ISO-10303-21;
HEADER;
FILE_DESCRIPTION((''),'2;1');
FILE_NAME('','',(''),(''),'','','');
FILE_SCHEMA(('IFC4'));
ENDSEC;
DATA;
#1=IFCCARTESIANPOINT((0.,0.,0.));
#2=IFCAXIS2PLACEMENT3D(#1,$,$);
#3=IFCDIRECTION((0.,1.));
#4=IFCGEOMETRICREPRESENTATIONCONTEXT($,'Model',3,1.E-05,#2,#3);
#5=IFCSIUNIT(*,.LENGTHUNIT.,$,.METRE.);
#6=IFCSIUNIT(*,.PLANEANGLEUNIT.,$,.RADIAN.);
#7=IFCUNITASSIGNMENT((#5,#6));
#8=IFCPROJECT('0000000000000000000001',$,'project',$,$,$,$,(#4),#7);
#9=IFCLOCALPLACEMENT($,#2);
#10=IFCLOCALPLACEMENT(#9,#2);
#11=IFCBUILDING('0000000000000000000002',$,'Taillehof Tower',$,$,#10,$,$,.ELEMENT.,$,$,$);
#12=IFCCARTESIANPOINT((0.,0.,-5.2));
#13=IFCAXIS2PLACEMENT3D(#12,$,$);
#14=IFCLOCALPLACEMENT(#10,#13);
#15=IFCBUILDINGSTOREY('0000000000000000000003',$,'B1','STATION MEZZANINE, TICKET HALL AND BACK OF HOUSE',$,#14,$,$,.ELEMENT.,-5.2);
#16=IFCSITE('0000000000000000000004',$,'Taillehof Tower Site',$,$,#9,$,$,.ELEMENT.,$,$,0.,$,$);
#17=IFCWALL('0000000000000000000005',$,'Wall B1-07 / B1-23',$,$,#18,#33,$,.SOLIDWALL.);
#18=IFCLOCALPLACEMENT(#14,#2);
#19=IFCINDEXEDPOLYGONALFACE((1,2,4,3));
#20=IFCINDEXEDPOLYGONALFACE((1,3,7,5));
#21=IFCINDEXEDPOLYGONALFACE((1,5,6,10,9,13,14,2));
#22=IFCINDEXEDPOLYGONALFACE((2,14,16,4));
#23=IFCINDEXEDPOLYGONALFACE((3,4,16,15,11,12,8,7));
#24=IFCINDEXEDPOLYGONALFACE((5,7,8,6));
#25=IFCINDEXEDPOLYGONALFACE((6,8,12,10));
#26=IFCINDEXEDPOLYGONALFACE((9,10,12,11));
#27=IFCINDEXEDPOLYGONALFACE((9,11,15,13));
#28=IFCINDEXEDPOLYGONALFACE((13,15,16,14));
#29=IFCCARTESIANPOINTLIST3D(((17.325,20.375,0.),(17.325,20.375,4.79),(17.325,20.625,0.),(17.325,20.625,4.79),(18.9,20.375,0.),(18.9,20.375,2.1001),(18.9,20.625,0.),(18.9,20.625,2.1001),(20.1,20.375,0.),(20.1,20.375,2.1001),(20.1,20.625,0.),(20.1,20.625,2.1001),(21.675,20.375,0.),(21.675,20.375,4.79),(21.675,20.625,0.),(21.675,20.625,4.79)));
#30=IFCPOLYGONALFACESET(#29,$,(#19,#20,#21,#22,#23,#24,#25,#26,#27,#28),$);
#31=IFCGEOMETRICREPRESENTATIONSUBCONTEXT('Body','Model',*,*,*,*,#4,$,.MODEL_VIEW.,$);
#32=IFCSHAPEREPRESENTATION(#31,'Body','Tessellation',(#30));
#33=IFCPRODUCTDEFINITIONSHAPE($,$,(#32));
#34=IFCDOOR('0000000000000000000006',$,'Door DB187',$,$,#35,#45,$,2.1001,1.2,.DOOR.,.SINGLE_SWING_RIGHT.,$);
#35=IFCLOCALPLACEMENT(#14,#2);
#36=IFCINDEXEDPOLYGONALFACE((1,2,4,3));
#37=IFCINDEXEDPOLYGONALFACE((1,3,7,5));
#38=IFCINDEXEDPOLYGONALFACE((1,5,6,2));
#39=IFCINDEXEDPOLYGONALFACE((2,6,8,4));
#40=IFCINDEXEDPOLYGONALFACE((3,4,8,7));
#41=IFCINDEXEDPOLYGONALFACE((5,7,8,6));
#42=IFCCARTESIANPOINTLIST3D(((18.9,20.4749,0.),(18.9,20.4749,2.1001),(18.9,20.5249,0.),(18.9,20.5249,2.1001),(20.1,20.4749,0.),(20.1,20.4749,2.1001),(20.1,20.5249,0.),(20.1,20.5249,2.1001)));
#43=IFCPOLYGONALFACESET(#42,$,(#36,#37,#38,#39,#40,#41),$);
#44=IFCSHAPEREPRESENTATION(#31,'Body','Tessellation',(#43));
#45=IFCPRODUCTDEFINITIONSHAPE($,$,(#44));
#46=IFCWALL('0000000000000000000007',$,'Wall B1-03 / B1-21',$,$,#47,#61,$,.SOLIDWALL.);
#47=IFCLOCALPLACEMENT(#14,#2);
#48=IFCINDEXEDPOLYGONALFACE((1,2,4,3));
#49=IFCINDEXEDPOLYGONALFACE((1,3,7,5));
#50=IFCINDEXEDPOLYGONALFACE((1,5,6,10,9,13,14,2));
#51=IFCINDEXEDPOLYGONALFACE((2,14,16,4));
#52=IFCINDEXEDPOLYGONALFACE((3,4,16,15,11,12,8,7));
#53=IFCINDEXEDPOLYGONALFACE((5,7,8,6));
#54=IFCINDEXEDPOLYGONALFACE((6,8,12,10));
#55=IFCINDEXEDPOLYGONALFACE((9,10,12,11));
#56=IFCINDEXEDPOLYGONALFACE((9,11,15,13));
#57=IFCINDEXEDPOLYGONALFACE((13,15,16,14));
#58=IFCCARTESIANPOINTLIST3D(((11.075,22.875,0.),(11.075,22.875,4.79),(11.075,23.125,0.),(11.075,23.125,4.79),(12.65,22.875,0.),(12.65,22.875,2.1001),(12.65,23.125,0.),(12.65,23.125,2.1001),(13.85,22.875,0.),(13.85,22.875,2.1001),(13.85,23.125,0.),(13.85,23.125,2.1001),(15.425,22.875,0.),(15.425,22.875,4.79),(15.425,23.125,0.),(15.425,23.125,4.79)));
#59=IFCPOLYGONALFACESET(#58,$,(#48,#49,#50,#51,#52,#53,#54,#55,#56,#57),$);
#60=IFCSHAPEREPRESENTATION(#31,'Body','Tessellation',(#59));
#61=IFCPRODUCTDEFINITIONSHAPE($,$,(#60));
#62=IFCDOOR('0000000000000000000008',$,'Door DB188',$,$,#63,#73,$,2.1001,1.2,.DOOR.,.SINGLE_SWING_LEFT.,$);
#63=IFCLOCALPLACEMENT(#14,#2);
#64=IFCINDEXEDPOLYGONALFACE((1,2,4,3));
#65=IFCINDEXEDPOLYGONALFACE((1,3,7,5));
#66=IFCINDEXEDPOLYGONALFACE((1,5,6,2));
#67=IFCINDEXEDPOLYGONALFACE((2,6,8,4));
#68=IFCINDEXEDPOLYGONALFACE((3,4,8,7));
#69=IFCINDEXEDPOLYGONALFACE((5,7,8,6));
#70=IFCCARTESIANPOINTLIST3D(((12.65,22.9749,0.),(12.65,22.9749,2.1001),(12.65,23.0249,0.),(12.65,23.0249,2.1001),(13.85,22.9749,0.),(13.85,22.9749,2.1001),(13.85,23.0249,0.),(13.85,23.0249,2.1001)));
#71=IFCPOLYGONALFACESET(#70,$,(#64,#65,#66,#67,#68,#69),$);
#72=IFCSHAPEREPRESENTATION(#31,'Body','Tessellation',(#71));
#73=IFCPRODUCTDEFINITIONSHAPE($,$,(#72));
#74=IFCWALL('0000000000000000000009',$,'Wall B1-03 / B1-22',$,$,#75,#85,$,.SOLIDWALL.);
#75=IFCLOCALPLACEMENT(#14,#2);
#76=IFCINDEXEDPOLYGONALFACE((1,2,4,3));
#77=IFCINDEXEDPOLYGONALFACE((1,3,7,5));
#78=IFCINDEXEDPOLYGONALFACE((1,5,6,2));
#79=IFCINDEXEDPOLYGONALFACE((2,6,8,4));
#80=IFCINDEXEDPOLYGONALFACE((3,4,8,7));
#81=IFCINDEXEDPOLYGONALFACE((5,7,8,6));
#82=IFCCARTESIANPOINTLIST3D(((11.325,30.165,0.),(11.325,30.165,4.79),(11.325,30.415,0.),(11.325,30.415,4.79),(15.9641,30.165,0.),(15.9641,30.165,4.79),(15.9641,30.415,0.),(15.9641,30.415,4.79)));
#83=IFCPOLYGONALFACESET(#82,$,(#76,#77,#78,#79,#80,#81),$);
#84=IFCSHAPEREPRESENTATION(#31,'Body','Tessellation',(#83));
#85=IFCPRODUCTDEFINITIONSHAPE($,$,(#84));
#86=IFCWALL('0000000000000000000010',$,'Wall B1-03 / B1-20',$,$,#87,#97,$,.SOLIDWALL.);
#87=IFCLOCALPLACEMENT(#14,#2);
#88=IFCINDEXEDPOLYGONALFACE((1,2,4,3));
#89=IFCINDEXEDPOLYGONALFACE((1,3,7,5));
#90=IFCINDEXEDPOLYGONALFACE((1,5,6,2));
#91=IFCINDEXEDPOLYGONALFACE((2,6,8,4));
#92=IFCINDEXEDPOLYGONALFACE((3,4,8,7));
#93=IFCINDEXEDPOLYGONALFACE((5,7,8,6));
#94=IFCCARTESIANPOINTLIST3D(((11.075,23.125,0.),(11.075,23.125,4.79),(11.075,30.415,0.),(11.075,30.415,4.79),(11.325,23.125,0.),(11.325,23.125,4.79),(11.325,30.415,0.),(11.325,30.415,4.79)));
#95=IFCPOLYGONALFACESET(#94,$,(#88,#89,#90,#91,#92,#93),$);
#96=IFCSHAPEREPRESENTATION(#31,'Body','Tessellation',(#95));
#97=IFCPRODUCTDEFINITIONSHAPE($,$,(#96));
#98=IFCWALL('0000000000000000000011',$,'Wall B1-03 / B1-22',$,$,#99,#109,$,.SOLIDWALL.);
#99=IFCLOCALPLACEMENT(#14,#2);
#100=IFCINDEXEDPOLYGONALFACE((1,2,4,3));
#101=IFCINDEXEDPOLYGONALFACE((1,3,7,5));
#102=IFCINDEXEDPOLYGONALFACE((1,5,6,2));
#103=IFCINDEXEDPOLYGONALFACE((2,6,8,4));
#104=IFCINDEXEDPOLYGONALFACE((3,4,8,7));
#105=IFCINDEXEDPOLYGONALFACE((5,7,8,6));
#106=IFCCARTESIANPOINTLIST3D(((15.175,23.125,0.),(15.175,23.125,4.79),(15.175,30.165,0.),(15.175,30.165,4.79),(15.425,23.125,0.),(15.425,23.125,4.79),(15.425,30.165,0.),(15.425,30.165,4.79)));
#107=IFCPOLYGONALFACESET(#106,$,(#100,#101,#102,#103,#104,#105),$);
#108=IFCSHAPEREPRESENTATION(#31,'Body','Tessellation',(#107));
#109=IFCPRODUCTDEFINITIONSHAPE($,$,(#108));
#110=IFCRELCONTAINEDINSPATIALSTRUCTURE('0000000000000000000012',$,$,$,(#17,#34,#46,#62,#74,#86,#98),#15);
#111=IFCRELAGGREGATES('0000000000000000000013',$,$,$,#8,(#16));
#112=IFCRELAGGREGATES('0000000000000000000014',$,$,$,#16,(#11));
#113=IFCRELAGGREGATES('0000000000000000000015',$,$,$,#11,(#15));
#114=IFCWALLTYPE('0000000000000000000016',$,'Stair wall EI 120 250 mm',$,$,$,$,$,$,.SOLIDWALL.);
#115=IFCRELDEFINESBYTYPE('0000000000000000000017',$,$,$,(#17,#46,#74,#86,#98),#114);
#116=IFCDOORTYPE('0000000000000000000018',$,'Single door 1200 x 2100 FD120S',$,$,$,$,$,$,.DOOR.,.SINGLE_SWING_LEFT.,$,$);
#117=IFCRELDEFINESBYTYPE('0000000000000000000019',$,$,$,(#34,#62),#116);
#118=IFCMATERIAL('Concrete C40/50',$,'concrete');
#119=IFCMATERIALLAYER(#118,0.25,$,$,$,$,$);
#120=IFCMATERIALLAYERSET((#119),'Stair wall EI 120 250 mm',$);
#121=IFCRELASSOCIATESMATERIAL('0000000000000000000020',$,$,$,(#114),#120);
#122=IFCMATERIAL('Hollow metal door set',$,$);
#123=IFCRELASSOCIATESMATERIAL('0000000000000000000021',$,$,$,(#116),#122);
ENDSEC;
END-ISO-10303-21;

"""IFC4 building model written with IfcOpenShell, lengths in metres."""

from ifc_helpers import new_model, si_unit, direction, frame, frame_2d, origin, place, context, subcontext, project, spatial, rectangle, extrude, material, layer, layer_set, type_object, element, fill, save


model = new_model("IFC4")

# Units and contexts
model_context = context("Model", 3, precision=1e-05, world=origin(), true_north=direction((0.0, 1.0)))
body_context = subcontext(model_context, "Body", "Model", "MODEL_VIEW")
ifc_project = project(units=[si_unit("LENGTHUNIT", "METRE"), si_unit("PLANEANGLEUNIT", "RADIAN")], contexts=[model_context])

# Site, building, storey
site_placement = place(None, origin())
site = spatial("IfcSite", under=ifc_project, at=site_placement, Name="Taillehof Tower Site", CompositionType="ELEMENT", RefElevation=0.0)
building_placement = place(site_placement, origin())
building = spatial("IfcBuilding", under=site, at=building_placement, Name="Taillehof Tower", CompositionType="ELEMENT")
storey_placement = place(building_placement, frame((0.0, 0.0, -5.2)))
storey = spatial("IfcBuildingStorey", under=building, at=storey_placement, Name="B1", Description="STATION MEZZANINE, TICKET HALL AND BACK OF HOUSE", CompositionType="ELEMENT", Elevation=-5.2)

# Walls, openings, doors
ifc_material_1 = material(Name="Concrete C40/50", Category="concrete")
ifc_layer_1 = layer(ifc_material_1, 0.25)
ifc_layer_set_1 = layer_set([ifc_layer_1], Name="Stair wall EI 120 250 mm")
wall_type_1 = type_object("IfcWallType", Name="Stair wall EI 120 250 mm", PredefinedType="SOLIDWALL", material=ifc_layer_set_1)
wall_1_placement = place(storey_placement, frame((17.325, 20.5, 0.0), z_axis=(0.0, 0.0, 1.0), x_axis=(1.0, 0.0, 0.0)))
wall_1 = element("IfcWall", 1, at=wall_1_placement, inside=storey, type_object=wall_type_1, Name="Wall B1-07 / B1-23", PredefinedType="SOLIDWALL", context=body_context, shape_type="SweptSolid", body=[
    extrude(rectangle(XDim=4.3501, YDim=0.25, at=frame_2d((2.175, 0.0))), origin(), (0.0, 0.0, 1.0), 4.79),
])
opening_1_placement = place(wall_1_placement, frame((1.575, 0.0, 0.0)))
opening_1 = element("IfcOpeningElement", 2, at=opening_1_placement, cuts=wall_1, PredefinedType="OPENING", context=body_context, shape_type="SweptSolid", body=[
    extrude(rectangle(XDim=1.2, YDim=2.1001, at=frame_2d((0.6001, 1.05))), frame((0.0, 0.135, 0.0), z_axis=(0.0, -1.0, 0.0), x_axis=(1.0, 0.0, 0.0)), (0.0, 0.0, 1.0), 0.27),
])
ifc_material_2 = material(Name="Hollow metal door set")
door_type = type_object("IfcDoorType", Name="Single door 1200 x 2100 FD120S", OperationType="SINGLE_SWING_LEFT", PredefinedType="DOOR", material=ifc_material_2)
door_1_placement = place(opening_1_placement, origin())
door_1 = element("IfcDoor", 3, at=door_1_placement, inside=storey, type_object=door_type, Name="Door DB187", OperationType="SINGLE_SWING_RIGHT", OverallHeight=2.1001, OverallWidth=1.2, PredefinedType="DOOR", context=body_context, shape_type="SweptSolid", body=[
    extrude(rectangle(XDim=1.2, YDim=2.1001, at=frame_2d((0.6001, 1.05))), frame((0.0, 0.0249, 0.0), z_axis=(0.0, -1.0, 0.0), x_axis=(1.0, 0.0, 0.0)), (0.0, 0.0, 1.0), 0.05),
])
fill(opening_1, door_1)
wall_2_placement = place(storey_placement, frame((11.075, 23.0, 0.0), z_axis=(0.0, 0.0, 1.0), x_axis=(1.0, 0.0, 0.0)))
wall_2 = element("IfcWall", 4, at=wall_2_placement, inside=storey, type_object=wall_type_1, Name="Wall B1-03 / B1-21", PredefinedType="SOLIDWALL", context=body_context, shape_type="SweptSolid", body=[
    extrude(rectangle(XDim=4.3501, YDim=0.25, at=frame_2d((2.175, 0.0))), origin(), (0.0, 0.0, 1.0), 4.79),
])
opening_2_placement = place(wall_2_placement, frame((1.575, 0.0, 0.0)))
opening_2 = element("IfcOpeningElement", 5, at=opening_2_placement, cuts=wall_2, PredefinedType="OPENING", context=body_context, shape_type="SweptSolid", body=[
    extrude(rectangle(XDim=1.2, YDim=2.1001, at=frame_2d((0.6001, 1.05))), frame((0.0, 0.135, 0.0), z_axis=(0.0, -1.0, 0.0), x_axis=(1.0, 0.0, 0.0)), (0.0, 0.0, 1.0), 0.27),
])
door_2_placement = place(opening_2_placement, origin())
door_2 = element("IfcDoor", 6, at=door_2_placement, inside=storey, type_object=door_type, Name="Door DB188", OperationType="SINGLE_SWING_LEFT", OverallHeight=2.1001, OverallWidth=1.2, PredefinedType="DOOR", context=body_context, shape_type="SweptSolid", body=[
    extrude(rectangle(XDim=1.2, YDim=2.1001, at=frame_2d((0.6001, 1.05))), frame((0.0, 0.0249, 0.0), z_axis=(0.0, -1.0, 0.0), x_axis=(1.0, 0.0, 0.0)), (0.0, 0.0, 1.0), 0.05),
])
fill(opening_2, door_2)

# Walls
wall_3_placement = place(storey_placement, frame((11.325, 30.29, 0.0), z_axis=(0.0, 0.0, 1.0), x_axis=(1.0, 0.0, 0.0)))
element("IfcWall", 7, at=wall_3_placement, inside=storey, type_object=wall_type_1, Name="Wall B1-03 / B1-22", PredefinedType="SOLIDWALL", context=body_context, shape_type="SweptSolid", body=[
    extrude(rectangle(XDim=4.6392, YDim=0.25, at=frame_2d((2.3196, 0.0))), origin(), (0.0, 0.0, 1.0), 4.79),
])
wall_4_placement = place(storey_placement, frame((11.2, 23.125, 0.0), z_axis=(0.0, 0.0, 1.0), x_axis=(0.0, 1.0, 0.0)))
element("IfcWall", 8, at=wall_4_placement, inside=storey, type_object=wall_type_1, Name="Wall B1-03 / B1-20", PredefinedType="SOLIDWALL", context=body_context, shape_type="SweptSolid", body=[
    extrude(rectangle(XDim=7.29, YDim=0.25, at=frame_2d((3.645, 0.0))), origin(), (0.0, 0.0, 1.0), 4.79),
])
wall_5_placement = place(storey_placement, frame((15.3, 23.125, 0.0), z_axis=(0.0, 0.0, 1.0), x_axis=(0.0, 1.0, 0.0)))
element("IfcWall", 9, at=wall_5_placement, inside=storey, type_object=wall_type_1, Name="Wall B1-03 / B1-22", PredefinedType="SOLIDWALL", context=body_context, shape_type="SweptSolid", body=[
    extrude(rectangle(XDim=7.04, YDim=0.25, at=frame_2d((3.52, 0.0))), origin(), (0.0, 0.0, 1.0), 4.79),
])

save(model, "model.ifc")
